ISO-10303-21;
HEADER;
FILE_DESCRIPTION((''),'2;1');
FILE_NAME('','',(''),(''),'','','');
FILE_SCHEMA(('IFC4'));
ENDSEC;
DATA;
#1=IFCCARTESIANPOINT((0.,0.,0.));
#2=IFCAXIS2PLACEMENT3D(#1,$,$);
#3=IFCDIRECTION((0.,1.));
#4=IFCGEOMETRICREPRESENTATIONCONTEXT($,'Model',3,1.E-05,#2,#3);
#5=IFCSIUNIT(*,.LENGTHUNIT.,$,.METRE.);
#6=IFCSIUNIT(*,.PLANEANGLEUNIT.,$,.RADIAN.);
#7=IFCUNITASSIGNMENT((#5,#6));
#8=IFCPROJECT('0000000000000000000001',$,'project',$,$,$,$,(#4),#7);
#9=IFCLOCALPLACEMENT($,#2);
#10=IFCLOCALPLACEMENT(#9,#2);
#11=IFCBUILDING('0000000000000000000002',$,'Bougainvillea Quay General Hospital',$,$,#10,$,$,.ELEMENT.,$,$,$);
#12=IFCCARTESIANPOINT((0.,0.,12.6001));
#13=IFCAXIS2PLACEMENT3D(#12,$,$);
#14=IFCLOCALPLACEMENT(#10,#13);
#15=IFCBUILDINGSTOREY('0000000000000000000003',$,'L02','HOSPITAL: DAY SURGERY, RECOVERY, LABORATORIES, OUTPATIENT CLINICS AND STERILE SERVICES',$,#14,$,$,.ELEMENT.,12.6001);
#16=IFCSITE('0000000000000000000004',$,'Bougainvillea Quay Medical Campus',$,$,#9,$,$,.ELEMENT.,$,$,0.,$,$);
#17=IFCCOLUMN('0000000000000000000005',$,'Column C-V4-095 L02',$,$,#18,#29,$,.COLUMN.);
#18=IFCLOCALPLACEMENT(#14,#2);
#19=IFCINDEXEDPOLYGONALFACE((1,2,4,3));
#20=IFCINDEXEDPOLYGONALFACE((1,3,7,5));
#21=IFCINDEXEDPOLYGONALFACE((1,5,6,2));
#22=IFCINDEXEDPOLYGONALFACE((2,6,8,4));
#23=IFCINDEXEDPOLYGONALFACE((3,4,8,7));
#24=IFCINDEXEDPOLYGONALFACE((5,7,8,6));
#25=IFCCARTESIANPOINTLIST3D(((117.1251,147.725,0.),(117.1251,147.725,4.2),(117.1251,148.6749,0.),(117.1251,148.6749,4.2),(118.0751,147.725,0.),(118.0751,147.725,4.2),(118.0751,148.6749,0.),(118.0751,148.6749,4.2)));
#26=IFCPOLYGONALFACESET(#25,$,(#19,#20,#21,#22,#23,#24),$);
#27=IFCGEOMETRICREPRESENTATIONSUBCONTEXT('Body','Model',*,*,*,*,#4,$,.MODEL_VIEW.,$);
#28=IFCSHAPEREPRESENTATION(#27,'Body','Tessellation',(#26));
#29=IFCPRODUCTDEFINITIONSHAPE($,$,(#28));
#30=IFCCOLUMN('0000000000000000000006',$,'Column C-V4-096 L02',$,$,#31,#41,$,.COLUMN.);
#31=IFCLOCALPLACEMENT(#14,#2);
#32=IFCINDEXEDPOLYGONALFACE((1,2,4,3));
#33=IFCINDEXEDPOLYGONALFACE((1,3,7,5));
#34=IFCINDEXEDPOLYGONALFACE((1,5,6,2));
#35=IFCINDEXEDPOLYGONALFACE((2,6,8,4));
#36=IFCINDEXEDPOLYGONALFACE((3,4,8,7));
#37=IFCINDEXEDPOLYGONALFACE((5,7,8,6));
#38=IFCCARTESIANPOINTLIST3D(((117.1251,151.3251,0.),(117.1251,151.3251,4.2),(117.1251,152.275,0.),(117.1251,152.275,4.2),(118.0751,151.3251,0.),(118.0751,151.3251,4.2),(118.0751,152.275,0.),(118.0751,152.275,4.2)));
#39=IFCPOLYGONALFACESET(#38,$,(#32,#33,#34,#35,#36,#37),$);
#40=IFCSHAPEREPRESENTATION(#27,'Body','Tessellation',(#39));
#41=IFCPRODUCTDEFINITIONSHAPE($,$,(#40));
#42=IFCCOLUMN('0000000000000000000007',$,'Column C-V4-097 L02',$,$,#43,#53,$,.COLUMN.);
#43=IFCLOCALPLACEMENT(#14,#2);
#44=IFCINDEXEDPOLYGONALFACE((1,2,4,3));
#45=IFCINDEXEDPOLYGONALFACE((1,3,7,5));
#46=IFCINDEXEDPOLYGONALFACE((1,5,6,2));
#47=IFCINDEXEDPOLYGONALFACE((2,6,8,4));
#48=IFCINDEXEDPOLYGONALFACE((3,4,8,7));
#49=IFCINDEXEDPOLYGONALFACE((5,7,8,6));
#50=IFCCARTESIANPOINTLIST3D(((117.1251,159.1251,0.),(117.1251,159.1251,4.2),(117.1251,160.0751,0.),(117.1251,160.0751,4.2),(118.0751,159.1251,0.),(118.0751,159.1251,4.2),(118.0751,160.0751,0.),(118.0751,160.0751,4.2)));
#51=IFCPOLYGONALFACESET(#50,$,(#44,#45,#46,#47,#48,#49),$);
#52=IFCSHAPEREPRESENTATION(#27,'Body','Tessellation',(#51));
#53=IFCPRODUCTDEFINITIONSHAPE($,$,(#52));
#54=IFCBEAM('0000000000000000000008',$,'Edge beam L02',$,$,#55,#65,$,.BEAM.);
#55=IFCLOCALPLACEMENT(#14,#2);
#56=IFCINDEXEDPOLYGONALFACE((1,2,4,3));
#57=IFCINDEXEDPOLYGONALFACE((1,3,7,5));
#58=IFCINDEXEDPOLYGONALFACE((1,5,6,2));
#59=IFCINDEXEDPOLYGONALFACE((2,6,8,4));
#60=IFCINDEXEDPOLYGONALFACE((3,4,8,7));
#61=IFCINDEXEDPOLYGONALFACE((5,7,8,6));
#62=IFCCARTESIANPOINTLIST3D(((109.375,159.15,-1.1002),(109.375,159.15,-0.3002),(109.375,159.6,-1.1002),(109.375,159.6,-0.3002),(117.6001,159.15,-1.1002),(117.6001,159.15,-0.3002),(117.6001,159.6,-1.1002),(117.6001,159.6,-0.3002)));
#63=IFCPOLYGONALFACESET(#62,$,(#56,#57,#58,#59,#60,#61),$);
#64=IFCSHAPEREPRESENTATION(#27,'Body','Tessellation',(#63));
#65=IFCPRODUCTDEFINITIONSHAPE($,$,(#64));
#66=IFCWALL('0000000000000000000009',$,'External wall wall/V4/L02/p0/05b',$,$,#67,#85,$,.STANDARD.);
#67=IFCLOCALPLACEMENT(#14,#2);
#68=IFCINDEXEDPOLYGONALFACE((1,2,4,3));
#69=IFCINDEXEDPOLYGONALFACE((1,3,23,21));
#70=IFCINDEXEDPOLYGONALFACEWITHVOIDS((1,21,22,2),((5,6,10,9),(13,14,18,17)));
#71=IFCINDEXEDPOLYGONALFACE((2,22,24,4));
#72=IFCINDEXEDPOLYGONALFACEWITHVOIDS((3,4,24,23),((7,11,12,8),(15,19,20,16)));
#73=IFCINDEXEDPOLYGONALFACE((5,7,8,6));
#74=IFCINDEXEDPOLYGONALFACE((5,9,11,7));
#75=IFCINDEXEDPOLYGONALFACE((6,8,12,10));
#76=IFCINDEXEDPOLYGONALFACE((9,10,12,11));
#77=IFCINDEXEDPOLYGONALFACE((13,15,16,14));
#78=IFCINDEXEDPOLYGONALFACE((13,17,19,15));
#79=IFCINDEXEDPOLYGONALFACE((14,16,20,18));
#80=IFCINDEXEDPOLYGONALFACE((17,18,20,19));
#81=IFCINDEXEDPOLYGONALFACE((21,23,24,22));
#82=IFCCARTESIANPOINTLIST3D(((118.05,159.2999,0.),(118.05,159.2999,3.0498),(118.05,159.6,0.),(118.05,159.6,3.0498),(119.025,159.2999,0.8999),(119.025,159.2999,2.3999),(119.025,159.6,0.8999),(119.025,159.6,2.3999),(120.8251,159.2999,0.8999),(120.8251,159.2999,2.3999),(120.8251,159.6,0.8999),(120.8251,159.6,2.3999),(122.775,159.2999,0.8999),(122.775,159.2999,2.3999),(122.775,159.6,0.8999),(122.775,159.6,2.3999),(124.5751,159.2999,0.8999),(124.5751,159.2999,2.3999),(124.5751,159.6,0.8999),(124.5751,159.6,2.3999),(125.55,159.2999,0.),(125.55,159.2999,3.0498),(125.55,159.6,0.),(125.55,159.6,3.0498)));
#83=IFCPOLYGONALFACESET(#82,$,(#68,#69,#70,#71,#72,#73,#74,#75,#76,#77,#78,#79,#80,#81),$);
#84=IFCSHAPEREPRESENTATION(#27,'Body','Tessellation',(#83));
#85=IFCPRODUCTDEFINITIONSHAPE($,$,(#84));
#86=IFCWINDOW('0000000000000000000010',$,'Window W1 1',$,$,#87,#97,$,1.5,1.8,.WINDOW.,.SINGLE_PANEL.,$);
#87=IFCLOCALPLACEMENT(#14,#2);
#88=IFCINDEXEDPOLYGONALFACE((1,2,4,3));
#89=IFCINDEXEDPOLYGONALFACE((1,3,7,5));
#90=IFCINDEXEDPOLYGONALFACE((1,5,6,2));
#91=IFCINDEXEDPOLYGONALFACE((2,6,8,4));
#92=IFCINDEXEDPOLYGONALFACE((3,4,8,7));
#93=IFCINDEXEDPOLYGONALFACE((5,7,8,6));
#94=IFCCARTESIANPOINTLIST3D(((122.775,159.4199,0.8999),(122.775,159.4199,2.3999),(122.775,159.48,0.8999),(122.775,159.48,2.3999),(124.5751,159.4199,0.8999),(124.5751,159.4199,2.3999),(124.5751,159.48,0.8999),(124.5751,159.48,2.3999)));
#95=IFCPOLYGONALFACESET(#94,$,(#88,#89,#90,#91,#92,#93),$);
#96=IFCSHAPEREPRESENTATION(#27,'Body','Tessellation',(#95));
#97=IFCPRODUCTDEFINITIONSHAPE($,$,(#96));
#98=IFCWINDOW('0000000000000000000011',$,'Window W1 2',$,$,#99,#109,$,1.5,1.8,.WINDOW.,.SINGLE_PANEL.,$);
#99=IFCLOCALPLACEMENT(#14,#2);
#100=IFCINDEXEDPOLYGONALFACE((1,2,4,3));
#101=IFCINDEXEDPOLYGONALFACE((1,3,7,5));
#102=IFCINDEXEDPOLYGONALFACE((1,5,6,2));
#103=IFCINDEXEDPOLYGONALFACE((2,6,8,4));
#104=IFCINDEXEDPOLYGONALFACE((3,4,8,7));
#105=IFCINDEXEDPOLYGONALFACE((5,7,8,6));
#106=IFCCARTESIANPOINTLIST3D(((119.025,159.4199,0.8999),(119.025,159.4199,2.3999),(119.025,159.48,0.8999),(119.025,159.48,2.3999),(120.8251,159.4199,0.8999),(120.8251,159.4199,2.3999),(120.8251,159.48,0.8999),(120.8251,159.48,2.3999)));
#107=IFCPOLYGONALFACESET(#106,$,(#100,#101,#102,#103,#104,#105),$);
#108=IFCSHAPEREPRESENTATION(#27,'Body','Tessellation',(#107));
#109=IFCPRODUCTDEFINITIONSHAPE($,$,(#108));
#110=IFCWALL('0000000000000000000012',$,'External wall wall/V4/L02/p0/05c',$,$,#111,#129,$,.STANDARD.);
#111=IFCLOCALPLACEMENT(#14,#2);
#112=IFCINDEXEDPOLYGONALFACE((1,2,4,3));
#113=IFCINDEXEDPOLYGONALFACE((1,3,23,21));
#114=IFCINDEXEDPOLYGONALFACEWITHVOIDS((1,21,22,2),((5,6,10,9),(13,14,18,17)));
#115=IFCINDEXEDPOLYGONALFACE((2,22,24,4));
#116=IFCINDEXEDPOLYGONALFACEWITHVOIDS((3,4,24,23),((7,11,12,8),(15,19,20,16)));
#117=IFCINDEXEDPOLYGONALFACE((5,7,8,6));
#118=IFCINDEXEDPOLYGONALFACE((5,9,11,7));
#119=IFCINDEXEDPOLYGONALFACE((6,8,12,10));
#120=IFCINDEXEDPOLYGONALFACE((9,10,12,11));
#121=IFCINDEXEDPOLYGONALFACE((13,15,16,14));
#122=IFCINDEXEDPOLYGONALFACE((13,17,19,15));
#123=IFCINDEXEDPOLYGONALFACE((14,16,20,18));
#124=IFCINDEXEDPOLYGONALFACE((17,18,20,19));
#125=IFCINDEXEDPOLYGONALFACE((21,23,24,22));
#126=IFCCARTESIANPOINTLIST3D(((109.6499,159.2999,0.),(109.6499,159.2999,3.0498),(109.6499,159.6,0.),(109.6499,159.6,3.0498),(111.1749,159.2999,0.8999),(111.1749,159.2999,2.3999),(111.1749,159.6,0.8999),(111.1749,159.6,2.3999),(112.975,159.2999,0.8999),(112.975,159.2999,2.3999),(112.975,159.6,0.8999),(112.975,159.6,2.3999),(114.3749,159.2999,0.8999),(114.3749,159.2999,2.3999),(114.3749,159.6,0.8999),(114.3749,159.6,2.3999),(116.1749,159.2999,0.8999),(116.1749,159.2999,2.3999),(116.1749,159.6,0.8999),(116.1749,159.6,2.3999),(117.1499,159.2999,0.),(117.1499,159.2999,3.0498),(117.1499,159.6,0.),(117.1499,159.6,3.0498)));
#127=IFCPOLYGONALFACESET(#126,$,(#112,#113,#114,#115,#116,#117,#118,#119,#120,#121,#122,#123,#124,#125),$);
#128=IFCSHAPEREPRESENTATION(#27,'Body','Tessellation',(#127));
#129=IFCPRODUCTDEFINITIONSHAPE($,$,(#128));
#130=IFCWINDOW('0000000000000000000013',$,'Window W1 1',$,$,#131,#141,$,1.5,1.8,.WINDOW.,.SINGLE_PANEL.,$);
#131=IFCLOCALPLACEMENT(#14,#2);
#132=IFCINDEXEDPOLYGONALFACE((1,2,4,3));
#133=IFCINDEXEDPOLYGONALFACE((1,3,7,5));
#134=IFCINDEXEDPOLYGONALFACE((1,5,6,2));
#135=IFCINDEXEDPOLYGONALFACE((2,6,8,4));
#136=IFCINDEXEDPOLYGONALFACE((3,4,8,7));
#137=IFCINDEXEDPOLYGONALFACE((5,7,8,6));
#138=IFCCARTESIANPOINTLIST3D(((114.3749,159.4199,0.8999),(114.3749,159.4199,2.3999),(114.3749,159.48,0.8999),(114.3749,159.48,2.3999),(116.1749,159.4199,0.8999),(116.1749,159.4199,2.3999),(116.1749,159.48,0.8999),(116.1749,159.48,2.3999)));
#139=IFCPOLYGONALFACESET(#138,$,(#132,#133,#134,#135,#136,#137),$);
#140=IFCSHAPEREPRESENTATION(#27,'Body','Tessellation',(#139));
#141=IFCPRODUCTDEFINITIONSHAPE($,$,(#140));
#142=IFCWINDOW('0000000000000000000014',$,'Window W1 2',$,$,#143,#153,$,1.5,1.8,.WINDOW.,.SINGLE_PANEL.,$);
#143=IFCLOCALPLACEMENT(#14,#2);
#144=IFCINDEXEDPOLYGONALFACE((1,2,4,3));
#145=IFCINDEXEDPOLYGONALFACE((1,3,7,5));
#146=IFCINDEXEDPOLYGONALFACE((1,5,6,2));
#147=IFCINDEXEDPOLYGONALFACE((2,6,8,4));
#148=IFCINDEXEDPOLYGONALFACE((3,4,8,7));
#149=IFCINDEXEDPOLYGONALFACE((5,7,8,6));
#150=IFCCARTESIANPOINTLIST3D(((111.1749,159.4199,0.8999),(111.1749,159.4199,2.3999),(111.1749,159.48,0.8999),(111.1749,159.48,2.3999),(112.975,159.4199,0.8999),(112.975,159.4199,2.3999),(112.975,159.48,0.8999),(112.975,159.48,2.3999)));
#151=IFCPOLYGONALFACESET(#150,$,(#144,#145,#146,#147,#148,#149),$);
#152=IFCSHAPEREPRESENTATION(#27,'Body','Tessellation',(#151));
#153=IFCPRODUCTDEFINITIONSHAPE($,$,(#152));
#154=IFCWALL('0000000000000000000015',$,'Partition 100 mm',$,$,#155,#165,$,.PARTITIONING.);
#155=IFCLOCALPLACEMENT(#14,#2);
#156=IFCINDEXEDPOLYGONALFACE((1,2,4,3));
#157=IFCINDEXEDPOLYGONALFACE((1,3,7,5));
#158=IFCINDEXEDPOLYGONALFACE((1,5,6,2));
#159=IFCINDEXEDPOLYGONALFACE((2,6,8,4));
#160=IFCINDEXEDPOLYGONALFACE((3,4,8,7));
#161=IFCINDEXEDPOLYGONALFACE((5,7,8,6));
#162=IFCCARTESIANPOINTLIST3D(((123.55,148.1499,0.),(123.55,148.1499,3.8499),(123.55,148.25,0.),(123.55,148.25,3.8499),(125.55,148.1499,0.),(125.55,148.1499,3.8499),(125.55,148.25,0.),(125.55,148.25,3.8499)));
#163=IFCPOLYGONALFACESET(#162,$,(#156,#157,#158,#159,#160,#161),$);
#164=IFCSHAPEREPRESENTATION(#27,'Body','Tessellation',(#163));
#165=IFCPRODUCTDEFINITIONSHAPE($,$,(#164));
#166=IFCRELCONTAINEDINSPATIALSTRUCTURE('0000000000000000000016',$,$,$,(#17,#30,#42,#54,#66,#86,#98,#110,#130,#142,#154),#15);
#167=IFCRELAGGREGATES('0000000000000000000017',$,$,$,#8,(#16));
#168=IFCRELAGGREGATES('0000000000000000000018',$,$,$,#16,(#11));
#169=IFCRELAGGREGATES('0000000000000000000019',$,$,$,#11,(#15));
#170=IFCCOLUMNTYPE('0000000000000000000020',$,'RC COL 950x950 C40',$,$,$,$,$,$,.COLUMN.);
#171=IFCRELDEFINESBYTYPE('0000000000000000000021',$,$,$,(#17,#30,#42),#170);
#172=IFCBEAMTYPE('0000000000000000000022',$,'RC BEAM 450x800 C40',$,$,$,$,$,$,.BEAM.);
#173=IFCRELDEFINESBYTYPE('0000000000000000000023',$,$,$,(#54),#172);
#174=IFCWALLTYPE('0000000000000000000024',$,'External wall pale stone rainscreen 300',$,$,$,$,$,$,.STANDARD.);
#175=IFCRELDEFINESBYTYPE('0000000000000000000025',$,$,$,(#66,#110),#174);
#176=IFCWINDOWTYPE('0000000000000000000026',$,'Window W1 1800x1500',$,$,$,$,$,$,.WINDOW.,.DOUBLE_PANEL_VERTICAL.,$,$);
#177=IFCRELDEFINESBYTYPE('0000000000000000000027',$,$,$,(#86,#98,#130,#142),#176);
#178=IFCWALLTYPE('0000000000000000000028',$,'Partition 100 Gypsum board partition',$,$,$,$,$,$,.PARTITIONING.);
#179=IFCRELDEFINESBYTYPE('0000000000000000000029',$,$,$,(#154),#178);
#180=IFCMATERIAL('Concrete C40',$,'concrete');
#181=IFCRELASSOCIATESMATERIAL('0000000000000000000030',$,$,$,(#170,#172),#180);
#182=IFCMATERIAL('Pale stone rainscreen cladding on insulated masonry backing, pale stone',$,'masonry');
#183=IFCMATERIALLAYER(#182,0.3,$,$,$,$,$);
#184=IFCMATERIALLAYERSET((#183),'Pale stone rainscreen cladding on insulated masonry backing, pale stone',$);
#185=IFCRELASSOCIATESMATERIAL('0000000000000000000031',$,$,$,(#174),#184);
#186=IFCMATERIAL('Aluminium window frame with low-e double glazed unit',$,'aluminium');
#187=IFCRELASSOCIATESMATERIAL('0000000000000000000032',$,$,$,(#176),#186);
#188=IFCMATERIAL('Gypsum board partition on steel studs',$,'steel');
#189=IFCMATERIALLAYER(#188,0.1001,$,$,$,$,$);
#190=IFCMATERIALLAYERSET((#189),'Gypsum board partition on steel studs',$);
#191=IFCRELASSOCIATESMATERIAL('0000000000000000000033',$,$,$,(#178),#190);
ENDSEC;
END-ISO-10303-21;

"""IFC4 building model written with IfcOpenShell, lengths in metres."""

from ifc_helpers import new_model, si_unit, direction, frame, frame_2d, origin, origin_2d, place, context, subcontext, project, spatial, rectangle, extrude, material, layer, layer_set, material_profile, profile_set, type_object, element, fill, save


model = new_model("IFC4")

# Units and contexts
model_context = context("Model", 3, precision=1e-05, world=origin(), true_north=direction((0.0, 1.0)))
body_context = subcontext(model_context, "Body", "Model", "MODEL_VIEW")
ifc_project = project(units=[si_unit("LENGTHUNIT", "METRE"), si_unit("PLANEANGLEUNIT", "RADIAN")], contexts=[model_context])

# Site, building, storey
site_placement = place(None, origin())
site = spatial("IfcSite", under=ifc_project, at=site_placement, Name="Bougainvillea Quay Medical Campus", CompositionType="ELEMENT", RefElevation=0.0)
building_placement = place(site_placement, origin())
building = spatial("IfcBuilding", under=site, at=building_placement, Name="Bougainvillea Quay General Hospital", CompositionType="ELEMENT")
storey_placement = place(building_placement, frame((0.0, 0.0, 12.6001)))
storey = spatial("IfcBuildingStorey", under=building, at=storey_placement, Name="L02", Description="HOSPITAL: DAY SURGERY, RECOVERY, LABORATORIES, OUTPATIENT CLINICS AND STERILE SERVICES", CompositionType="ELEMENT", Elevation=12.6001)

# Columns
ifc_material_1 = material(Name="Concrete C40", Category="concrete")
ifc_material_profile_1 = material_profile(ifc_material_1, rectangle(XDim=0.95, YDim=0.95, at=origin_2d()))
ifc_profile_set_1 = profile_set([ifc_material_profile_1], Name="Concrete C40")
column_type = type_object("IfcColumnType", Name="RC COL 950x950 C40", PredefinedType="COLUMN", material=ifc_profile_set_1)
for number, where, z_axis, x_axis, name in (
    (1, (117.6001, 148.2, 0.0), (0.0, 0.0, 1.0), (1.0, 0.0, 0.0), "Column C-V4-095 L02"),
    (2, (117.6001, 151.8, 0.0), (0.0, 0.0, 1.0), (1.0, 0.0, 0.0), "Column C-V4-096 L02"),
    (3, (117.6001, 159.6001, 0.0), (0.0, 0.0, 1.0), (1.0, 0.0, 0.0), "Column C-V4-097 L02"),
):
    element("IfcColumn", number, at=place(storey_placement, frame(where, z_axis=z_axis, x_axis=x_axis)), inside=storey, type_object=column_type, Name=name, PredefinedType="COLUMN", context=body_context, shape_type="SweptSolid", body=[
        extrude(rectangle(XDim=0.95, YDim=0.95, at=origin_2d()), origin(), (0.0, 0.0, 1.0), 4.2),
    ])

# Beam
ifc_material_profile_2 = material_profile(ifc_material_1, rectangle(XDim=0.45, YDim=0.8, at=origin_2d()))
ifc_profile_set_2 = profile_set([ifc_material_profile_2], Name="Concrete C40")
beam_type = type_object("IfcBeamType", Name="RC BEAM 450x800 C40", PredefinedType="BEAM", material=ifc_profile_set_2)
beam_placement = place(storey_placement, frame((117.6001, 159.375, -0.7002), z_axis=(-1.0, 0.0, 0.0), x_axis=(0.0, -1.0, 0.0)))
element("IfcBeam", 4, at=beam_placement, inside=storey, type_object=beam_type, Name="Edge beam L02", PredefinedType="BEAM", context=body_context, shape_type="SweptSolid", body=[
    extrude(rectangle(XDim=0.45, YDim=0.8, at=origin_2d()), origin(), (0.0, 0.0, 1.0), 8.2251),
])

# Walls, openings, windows
ifc_material_2 = material(Name="Pale stone rainscreen cladding on insulated masonry backing, pale stone", Category="masonry")
ifc_layer_1 = layer(ifc_material_2, 0.3)
ifc_layer_set_1 = layer_set([ifc_layer_1], Name="Pale stone rainscreen cladding on insulated masonry backing, pale stone")
wall_type_1 = type_object("IfcWallType", Name="External wall pale stone rainscreen 300", PredefinedType="STANDARD", material=ifc_layer_set_1)
wall_1_placement = place(storey_placement, frame((125.55, 159.45, 0.0), z_axis=(0.0, 0.0, 1.0), x_axis=(-1.0, 0.0, 0.0)))
wall_1 = element("IfcWall", 5, at=wall_1_placement, inside=storey, type_object=wall_type_1, Name="External wall wall/V4/L02/p0/05b", PredefinedType="STANDARD", context=body_context, shape_type="SweptSolid", body=[
    extrude(rectangle(XDim=7.5, YDim=0.3, at=frame_2d((3.75, 0.0))), origin(), (0.0, 0.0, 1.0), 3.0498),
])
opening_1_placement = place(wall_1_placement, frame((0.9751, 0.0, 0.8999)))
opening_1 = element("IfcOpeningElement", 6, at=opening_1_placement, cuts=wall_1, PredefinedType="OPENING", context=body_context, shape_type="SweptSolid", body=[
    extrude(rectangle(XDim=1.8, YDim=1.5, at=frame_2d((0.8999, 0.75))), frame((0.0, 0.1599, 0.0), z_axis=(0.0, -1.0, 0.0), x_axis=(1.0, 0.0, 0.0)), (0.0, 0.0, 1.0), 0.3201),
])
opening_2_placement = place(wall_1_placement, frame((4.7251, 0.0, 0.8999)))
opening_2 = element("IfcOpeningElement", 7, at=opening_2_placement, cuts=wall_1, PredefinedType="OPENING", context=body_context, shape_type="SweptSolid", body=[
    extrude(rectangle(XDim=1.8, YDim=1.5, at=frame_2d((0.8999, 0.75))), frame((0.0, 0.1599, 0.0), z_axis=(0.0, -1.0, 0.0), x_axis=(1.0, 0.0, 0.0)), (0.0, 0.0, 1.0), 0.3201),
])
ifc_material_3 = material(Name="Aluminium window frame with low-e double glazed unit", Category="aluminium")
window_type = type_object("IfcWindowType", Name="Window W1 1800x1500", PartitioningType="DOUBLE_PANEL_VERTICAL", PredefinedType="WINDOW", material=ifc_material_3)
window_1_placement = place(opening_1_placement, origin())
window_1 = element("IfcWindow", 8, at=window_1_placement, inside=storey, type_object=window_type, Name="Window W1 1", OverallHeight=1.5, OverallWidth=1.8, PartitioningType="SINGLE_PANEL", PredefinedType="WINDOW", context=body_context, shape_type="SweptSolid", body=[
    extrude(rectangle(XDim=1.8, YDim=1.5, at=frame_2d((0.8999, 0.75))), frame((0.0, 0.03, 0.0), z_axis=(0.0, -1.0, 0.0), x_axis=(1.0, 0.0, 0.0)), (0.0, 0.0, 1.0), 0.0601),
])
fill(opening_1, window_1)
window_2_placement = place(opening_2_placement, origin())
window_2 = element("IfcWindow", 9, at=window_2_placement, inside=storey, type_object=window_type, Name="Window W1 2", OverallHeight=1.5, OverallWidth=1.8, PartitioningType="SINGLE_PANEL", PredefinedType="WINDOW", context=body_context, shape_type="SweptSolid", body=[
    extrude(rectangle(XDim=1.8, YDim=1.5, at=frame_2d((0.8999, 0.75))), frame((0.0, 0.03, 0.0), z_axis=(0.0, -1.0, 0.0), x_axis=(1.0, 0.0, 0.0)), (0.0, 0.0, 1.0), 0.0601),
])
fill(opening_2, window_2)
wall_2_placement = place(storey_placement, frame((117.1499, 159.45, 0.0), z_axis=(0.0, 0.0, 1.0), x_axis=(-1.0, 0.0, 0.0)))
wall_2 = element("IfcWall", 10, at=wall_2_placement, inside=storey, type_object=wall_type_1, Name="External wall wall/V4/L02/p0/05c", PredefinedType="STANDARD", context=body_context, shape_type="SweptSolid", body=[
    extrude(rectangle(XDim=7.5, YDim=0.3, at=frame_2d((3.75, 0.0))), origin(), (0.0, 0.0, 1.0), 3.0498),
])
opening_3_placement = place(wall_2_placement, frame((0.9751, 0.0, 0.8999)))
opening_3 = element("IfcOpeningElement", 11, at=opening_3_placement, cuts=wall_2, PredefinedType="OPENING", context=body_context, shape_type="SweptSolid", body=[
    extrude(rectangle(XDim=1.8, YDim=1.5, at=frame_2d((0.8999, 0.75))), frame((0.0, 0.1599, 0.0), z_axis=(0.0, -1.0, 0.0), x_axis=(1.0, 0.0, 0.0)), (0.0, 0.0, 1.0), 0.3201),
])
opening_4_placement = place(wall_2_placement, frame((4.175, 0.0, 0.8999)))
opening_4 = element("IfcOpeningElement", 12, at=opening_4_placement, cuts=wall_2, PredefinedType="OPENING", context=body_context, shape_type="SweptSolid", body=[
    extrude(rectangle(XDim=1.8, YDim=1.5, at=frame_2d((0.8999, 0.75))), frame((0.0, 0.1599, 0.0), z_axis=(0.0, -1.0, 0.0), x_axis=(1.0, 0.0, 0.0)), (0.0, 0.0, 1.0), 0.3201),
])
window_3_placement = place(opening_3_placement, origin())
window_3 = element("IfcWindow", 13, at=window_3_placement, inside=storey, type_object=window_type, Name="Window W1 1", OverallHeight=1.5, OverallWidth=1.8, PartitioningType="SINGLE_PANEL", PredefinedType="WINDOW", context=body_context, shape_type="SweptSolid", body=[
    extrude(rectangle(XDim=1.8, YDim=1.5, at=frame_2d((0.8999, 0.75))), frame((0.0, 0.03, 0.0), z_axis=(0.0, -1.0, 0.0), x_axis=(1.0, 0.0, 0.0)), (0.0, 0.0, 1.0), 0.0601),
])
fill(opening_3, window_3)
window_4_placement = place(opening_4_placement, origin())
window_4 = element("IfcWindow", 14, at=window_4_placement, inside=storey, type_object=window_type, Name="Window W1 2", OverallHeight=1.5, OverallWidth=1.8, PartitioningType="SINGLE_PANEL", PredefinedType="WINDOW", context=body_context, shape_type="SweptSolid", body=[
    extrude(rectangle(XDim=1.8, YDim=1.5, at=frame_2d((0.8999, 0.75))), frame((0.0, 0.03, 0.0), z_axis=(0.0, -1.0, 0.0), x_axis=(1.0, 0.0, 0.0)), (0.0, 0.0, 1.0), 0.0601),
])
fill(opening_4, window_4)

# Wall
ifc_material_4 = material(Name="Gypsum board partition on steel studs", Category="steel")
ifc_layer_2 = layer(ifc_material_4, 0.1001)
ifc_layer_set_2 = layer_set([ifc_layer_2], Name="Gypsum board partition on steel studs")
wall_type_2 = type_object("IfcWallType", Name="Partition 100 Gypsum board partition", PredefinedType="PARTITIONING", material=ifc_layer_set_2)
wall_3_placement = place(storey_placement, frame((125.55, 148.2, 0.0), z_axis=(0.0, 0.0, 1.0), x_axis=(-1.0, 0.0, 0.0)))
element("IfcWall", 15, at=wall_3_placement, inside=storey, type_object=wall_type_2, Name="Partition 100 mm", PredefinedType="PARTITIONING", context=body_context, shape_type="SweptSolid", body=[
    extrude(rectangle(XDim=2.0, YDim=0.1001, at=frame_2d((1.0, 0.0))), origin(), (0.0, 0.0, 1.0), 3.8499),
])

save(model, "model.ifc")
